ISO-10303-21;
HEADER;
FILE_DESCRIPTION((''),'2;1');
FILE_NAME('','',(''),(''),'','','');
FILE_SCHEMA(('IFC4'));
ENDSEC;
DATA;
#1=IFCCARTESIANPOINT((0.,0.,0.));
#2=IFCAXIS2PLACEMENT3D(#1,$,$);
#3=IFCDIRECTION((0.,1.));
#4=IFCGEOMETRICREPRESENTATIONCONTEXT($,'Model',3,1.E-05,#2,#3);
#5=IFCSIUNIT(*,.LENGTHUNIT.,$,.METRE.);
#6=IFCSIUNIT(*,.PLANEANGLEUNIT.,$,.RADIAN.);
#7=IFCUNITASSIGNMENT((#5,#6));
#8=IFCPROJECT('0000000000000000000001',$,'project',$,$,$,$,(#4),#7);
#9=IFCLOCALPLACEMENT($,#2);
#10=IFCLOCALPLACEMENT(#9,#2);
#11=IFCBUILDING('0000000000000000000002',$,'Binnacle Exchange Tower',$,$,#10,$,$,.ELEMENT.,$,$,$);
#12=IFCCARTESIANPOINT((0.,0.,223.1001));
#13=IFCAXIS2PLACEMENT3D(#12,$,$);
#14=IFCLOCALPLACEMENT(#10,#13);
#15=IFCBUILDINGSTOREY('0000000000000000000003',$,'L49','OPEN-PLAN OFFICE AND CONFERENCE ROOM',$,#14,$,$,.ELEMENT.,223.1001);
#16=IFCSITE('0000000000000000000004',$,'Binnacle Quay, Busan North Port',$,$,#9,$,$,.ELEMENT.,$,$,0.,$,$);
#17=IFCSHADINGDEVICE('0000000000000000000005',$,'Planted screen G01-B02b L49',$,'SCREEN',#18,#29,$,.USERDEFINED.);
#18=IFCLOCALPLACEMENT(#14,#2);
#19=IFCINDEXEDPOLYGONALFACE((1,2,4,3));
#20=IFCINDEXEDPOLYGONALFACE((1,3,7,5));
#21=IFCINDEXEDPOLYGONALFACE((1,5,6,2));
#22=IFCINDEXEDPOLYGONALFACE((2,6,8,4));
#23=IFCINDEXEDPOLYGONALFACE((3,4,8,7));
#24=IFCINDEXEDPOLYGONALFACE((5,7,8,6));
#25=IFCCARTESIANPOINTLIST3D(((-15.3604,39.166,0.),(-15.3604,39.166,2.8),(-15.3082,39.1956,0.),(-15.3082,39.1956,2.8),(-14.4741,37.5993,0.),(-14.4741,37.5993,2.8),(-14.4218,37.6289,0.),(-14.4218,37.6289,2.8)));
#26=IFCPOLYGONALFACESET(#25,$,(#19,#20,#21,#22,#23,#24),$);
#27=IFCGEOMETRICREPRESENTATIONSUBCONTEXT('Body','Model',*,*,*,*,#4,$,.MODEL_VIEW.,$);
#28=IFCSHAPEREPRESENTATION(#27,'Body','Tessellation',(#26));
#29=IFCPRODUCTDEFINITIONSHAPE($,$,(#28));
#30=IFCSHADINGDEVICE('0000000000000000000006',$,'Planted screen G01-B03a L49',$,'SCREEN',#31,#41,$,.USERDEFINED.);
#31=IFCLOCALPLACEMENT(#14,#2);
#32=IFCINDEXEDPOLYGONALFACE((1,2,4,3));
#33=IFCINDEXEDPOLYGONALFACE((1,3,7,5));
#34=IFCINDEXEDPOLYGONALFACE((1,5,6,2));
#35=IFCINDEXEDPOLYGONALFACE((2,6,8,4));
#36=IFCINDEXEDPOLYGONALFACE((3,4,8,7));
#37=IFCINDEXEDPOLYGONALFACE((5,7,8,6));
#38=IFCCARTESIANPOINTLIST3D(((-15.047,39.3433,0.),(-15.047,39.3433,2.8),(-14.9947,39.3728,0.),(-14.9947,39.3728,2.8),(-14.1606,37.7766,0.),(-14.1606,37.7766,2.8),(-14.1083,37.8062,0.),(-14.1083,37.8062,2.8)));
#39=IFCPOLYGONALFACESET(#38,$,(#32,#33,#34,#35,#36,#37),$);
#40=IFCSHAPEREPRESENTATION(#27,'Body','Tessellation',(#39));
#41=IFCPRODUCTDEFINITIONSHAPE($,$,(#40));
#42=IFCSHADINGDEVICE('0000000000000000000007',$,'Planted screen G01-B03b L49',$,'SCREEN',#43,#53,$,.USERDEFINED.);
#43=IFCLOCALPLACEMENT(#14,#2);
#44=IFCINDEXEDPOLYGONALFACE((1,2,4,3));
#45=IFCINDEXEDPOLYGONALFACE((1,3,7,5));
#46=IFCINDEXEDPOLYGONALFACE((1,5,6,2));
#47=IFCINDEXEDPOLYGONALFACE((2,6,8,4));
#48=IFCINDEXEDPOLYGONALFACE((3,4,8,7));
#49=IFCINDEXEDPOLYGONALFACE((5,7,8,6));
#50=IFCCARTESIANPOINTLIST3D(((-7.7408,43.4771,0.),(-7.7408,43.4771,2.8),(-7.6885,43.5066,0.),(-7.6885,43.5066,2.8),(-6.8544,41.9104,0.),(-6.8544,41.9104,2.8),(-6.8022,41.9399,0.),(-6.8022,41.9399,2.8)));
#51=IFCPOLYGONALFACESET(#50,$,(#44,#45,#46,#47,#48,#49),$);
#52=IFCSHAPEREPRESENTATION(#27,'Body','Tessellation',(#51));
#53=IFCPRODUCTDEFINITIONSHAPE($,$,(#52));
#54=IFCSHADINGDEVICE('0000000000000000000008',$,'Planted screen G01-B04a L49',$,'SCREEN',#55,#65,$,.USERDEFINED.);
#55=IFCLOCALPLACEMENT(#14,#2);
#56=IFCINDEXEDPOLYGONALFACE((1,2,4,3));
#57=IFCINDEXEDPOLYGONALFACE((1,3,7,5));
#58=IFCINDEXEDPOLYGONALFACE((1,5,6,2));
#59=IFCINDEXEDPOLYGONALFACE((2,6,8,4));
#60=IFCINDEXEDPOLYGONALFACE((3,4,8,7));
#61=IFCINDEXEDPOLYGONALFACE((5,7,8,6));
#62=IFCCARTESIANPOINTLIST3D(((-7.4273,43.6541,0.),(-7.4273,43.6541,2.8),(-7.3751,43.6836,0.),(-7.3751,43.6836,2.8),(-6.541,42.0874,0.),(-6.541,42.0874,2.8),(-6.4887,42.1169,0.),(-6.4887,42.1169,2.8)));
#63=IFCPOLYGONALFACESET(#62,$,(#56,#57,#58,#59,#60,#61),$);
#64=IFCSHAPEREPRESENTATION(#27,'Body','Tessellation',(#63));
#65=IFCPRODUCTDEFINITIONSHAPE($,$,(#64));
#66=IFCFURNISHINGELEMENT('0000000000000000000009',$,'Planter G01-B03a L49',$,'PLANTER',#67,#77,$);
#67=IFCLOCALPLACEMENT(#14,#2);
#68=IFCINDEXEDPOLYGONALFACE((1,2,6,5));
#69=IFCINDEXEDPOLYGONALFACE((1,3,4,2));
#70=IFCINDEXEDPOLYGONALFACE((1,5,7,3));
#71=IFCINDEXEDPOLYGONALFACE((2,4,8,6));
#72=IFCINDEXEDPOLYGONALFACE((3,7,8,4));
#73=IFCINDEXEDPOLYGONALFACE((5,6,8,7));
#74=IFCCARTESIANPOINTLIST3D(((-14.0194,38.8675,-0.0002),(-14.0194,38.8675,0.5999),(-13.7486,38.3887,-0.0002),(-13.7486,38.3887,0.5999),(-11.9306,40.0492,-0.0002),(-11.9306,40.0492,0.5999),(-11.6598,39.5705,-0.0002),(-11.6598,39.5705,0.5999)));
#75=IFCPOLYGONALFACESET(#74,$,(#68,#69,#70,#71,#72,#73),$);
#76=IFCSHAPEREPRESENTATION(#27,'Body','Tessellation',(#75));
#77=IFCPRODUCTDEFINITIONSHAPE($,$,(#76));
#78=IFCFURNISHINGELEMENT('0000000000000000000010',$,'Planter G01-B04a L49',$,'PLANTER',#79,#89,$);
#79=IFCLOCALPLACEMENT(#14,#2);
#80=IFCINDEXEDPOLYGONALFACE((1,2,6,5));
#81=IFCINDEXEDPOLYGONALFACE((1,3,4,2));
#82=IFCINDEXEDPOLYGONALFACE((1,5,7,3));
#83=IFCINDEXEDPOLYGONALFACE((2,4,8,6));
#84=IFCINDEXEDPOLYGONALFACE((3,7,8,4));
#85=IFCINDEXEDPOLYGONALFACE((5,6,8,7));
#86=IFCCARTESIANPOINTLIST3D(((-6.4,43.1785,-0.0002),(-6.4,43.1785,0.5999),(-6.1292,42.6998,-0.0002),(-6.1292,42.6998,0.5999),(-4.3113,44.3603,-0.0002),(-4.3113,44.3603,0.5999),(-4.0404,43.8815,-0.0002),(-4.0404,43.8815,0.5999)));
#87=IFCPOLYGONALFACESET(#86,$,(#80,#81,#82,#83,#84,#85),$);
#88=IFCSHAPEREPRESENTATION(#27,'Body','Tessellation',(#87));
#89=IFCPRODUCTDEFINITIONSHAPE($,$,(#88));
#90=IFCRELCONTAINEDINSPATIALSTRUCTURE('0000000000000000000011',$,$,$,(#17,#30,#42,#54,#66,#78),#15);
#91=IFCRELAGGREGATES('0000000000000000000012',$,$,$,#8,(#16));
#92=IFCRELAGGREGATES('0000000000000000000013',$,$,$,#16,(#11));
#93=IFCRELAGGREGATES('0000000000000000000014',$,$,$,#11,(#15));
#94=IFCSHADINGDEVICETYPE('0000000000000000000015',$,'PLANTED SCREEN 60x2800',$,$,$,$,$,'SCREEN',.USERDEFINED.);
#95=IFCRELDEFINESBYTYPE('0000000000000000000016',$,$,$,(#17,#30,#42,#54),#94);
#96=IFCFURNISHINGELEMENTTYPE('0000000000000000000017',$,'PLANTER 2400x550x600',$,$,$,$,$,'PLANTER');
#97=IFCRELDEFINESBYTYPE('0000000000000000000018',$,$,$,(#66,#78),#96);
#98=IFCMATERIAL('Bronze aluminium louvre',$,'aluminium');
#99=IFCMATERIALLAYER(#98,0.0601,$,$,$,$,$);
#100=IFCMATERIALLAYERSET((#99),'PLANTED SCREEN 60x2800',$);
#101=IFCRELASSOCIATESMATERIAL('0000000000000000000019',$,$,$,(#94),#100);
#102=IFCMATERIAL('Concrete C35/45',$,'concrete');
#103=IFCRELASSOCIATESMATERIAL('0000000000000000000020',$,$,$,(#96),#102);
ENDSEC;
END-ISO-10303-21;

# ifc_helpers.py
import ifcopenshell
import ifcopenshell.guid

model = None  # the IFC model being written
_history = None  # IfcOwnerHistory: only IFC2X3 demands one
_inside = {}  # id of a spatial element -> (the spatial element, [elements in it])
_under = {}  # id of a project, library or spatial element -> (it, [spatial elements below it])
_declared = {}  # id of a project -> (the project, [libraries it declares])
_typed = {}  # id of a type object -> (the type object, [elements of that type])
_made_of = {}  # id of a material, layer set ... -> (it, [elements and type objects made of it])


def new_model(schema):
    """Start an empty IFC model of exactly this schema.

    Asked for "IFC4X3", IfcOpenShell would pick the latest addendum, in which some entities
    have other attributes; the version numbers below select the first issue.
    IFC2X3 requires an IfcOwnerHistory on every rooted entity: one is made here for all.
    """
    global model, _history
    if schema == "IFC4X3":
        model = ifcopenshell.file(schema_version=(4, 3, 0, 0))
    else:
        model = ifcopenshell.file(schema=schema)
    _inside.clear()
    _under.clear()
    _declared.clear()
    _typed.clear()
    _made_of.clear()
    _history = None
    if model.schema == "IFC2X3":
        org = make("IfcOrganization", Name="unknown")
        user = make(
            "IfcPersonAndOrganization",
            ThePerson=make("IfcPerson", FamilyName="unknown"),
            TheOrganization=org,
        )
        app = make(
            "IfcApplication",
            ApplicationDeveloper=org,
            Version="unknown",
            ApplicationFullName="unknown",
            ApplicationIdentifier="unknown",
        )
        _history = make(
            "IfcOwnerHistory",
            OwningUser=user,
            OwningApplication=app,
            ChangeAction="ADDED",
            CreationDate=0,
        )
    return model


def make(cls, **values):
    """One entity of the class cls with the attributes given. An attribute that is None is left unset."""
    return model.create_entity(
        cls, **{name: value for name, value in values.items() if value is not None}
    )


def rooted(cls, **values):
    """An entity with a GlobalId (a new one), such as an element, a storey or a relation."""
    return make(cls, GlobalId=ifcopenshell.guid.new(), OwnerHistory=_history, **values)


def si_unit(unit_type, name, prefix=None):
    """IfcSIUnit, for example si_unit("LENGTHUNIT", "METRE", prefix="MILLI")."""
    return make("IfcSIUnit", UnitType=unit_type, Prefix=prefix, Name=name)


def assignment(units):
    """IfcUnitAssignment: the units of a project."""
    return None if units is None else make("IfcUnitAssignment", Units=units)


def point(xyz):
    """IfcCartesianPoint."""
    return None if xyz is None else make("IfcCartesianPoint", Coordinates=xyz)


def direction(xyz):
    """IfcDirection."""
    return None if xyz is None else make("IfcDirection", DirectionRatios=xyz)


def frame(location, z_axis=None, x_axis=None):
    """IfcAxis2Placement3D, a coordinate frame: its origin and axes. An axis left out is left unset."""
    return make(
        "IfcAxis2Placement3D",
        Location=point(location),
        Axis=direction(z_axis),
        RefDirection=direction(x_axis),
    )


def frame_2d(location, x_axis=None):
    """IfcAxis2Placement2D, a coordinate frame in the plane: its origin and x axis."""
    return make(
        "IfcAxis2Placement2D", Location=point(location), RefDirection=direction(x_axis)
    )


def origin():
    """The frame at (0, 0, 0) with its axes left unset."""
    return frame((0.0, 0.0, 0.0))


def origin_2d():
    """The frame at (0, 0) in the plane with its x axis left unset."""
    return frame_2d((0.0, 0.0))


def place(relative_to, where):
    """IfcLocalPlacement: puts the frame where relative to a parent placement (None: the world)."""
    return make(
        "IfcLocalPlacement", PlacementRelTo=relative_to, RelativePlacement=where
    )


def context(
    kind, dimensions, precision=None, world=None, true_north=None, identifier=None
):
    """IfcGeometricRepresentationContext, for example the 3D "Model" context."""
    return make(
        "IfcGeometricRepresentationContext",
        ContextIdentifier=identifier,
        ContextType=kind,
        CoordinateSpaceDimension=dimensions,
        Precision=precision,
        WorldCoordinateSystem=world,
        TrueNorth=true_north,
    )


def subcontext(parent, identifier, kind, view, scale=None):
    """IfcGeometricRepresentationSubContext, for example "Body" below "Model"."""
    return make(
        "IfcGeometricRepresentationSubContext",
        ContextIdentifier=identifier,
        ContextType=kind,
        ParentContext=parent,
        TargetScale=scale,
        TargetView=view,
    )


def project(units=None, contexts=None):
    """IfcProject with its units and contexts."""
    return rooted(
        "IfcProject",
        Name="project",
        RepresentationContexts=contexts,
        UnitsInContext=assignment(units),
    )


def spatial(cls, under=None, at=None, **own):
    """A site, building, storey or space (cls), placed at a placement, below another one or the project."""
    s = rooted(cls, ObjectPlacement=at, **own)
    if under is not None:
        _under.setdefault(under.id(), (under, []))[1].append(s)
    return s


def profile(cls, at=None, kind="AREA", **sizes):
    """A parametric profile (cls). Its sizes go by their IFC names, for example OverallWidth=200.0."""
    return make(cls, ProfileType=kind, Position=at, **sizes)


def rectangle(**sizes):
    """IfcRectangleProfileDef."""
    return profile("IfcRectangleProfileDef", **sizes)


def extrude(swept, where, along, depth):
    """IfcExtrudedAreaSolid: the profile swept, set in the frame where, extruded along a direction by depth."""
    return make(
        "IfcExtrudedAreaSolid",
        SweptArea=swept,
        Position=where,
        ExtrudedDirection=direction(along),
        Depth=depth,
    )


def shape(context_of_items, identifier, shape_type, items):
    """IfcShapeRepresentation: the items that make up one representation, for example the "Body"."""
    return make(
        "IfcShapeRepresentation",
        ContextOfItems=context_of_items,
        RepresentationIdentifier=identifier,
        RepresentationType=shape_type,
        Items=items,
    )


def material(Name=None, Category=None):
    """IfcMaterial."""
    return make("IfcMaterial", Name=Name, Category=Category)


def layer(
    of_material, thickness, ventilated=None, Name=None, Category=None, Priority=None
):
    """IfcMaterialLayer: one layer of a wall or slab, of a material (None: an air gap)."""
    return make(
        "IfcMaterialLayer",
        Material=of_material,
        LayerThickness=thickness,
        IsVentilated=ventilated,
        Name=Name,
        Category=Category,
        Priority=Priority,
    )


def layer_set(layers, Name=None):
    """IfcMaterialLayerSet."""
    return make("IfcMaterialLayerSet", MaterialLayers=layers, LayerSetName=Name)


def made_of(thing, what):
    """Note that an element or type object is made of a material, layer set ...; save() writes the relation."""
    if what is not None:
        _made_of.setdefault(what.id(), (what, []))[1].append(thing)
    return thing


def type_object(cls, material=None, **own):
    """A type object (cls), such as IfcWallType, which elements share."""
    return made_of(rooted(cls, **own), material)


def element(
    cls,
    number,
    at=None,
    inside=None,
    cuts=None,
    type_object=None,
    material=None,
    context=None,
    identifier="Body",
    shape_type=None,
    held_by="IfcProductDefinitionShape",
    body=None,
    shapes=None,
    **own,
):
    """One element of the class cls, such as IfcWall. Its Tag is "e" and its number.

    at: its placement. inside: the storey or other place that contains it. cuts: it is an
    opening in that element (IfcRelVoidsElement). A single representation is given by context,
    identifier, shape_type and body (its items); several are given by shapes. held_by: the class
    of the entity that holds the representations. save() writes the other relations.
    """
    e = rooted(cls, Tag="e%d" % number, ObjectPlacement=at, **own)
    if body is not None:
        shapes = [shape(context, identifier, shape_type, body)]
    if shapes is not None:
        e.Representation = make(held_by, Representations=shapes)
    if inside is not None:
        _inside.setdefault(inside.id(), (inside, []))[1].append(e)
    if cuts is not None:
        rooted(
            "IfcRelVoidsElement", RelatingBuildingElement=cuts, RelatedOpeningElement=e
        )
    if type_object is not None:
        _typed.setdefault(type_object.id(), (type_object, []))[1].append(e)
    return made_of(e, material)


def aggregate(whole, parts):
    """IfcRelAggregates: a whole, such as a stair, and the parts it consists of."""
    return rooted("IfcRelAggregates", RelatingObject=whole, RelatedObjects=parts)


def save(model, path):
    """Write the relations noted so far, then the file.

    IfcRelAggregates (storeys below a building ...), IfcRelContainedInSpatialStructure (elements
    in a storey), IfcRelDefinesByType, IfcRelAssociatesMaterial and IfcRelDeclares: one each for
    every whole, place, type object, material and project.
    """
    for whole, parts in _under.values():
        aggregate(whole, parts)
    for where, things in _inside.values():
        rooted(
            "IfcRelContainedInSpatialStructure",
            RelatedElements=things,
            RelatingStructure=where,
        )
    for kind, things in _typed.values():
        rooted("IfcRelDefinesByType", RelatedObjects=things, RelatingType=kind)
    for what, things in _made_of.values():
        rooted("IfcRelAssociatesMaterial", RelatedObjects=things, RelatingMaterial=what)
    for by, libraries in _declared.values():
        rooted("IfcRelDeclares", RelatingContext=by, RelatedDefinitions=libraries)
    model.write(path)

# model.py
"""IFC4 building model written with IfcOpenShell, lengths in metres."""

from ifc_helpers import new_model, si_unit, direction, frame, origin, origin_2d, place, context, subcontext, project, spatial, rectangle, extrude, material, layer, layer_set, type_object, element, save


model = new_model("IFC4")

# Units and contexts
model_context = context("Model", 3, precision=1e-05, world=origin(), true_north=direction((0.0, 1.0)))
body_context = subcontext(model_context, "Body", "Model", "MODEL_VIEW")
ifc_project = project(units=[si_unit("LENGTHUNIT", "METRE"), si_unit("PLANEANGLEUNIT", "RADIAN")], contexts=[model_context])

# Site, building, storey
site_placement = place(None, origin())
site = spatial("IfcSite", under=ifc_project, at=site_placement, Name="Binnacle Quay, Busan North Port", CompositionType="ELEMENT", RefElevation=0.0)
building_placement = place(site_placement, origin())
building = spatial("IfcBuilding", under=site, at=building_placement, Name="Binnacle Exchange Tower", CompositionType="ELEMENT")
storey_placement = place(building_placement, frame((0.0, 0.0, 223.1001)))
storey = spatial("IfcBuildingStorey", under=building, at=storey_placement, Name="L49", Description="OPEN-PLAN OFFICE AND CONFERENCE ROOM", CompositionType="ELEMENT", Elevation=223.1001)

# Shading devices
ifc_material_1 = material(Name="Bronze aluminium louvre", Category="aluminium")
ifc_layer_1 = layer(ifc_material_1, 0.0601)
ifc_layer_set_1 = layer_set([ifc_layer_1], Name="PLANTED SCREEN 60x2800")
shading_device_type = type_object("IfcShadingDeviceType", Name="PLANTED SCREEN 60x2800", ElementType="SCREEN", PredefinedType="USERDEFINED", material=ifc_layer_set_1)
for number, where, z_axis, x_axis, name in (
    (1, (-14.8911, 38.3975, 0.0), (0.0, 0.0, 1.0), (0.870356, 0.492424, 0.0), "Planted screen G01-B02b L49"),
    (2, (-14.5776, 38.5747, 0.0), (0.0, 0.0, 1.0), (0.870356, 0.492424, 0.0), "Planted screen G01-B03a L49"),
    (3, (-7.2715, 42.7085, 0.0), (0.0, 0.0, 1.0), (0.870356, 0.492424, 0.0), "Planted screen G01-B03b L49"),
    (4, (-6.958, 42.8855, 0.0), (0.0, 0.0, 1.0), (0.870356, 0.492424, 0.0), "Planted screen G01-B04a L49"),
):
    element("IfcShadingDevice", number, at=place(storey_placement, frame(where, z_axis=z_axis, x_axis=x_axis)), inside=storey, type_object=shading_device_type, Name=name, ObjectType="SCREEN", PredefinedType="USERDEFINED", context=body_context, shape_type="SweptSolid", body=[
        extrude(rectangle(XDim=0.0601, YDim=1.8, at=origin_2d()), origin(), (0.0, 0.0, 1.0), 2.8),
    ])

# Furnishing elements
ifc_material_2 = material(Name="Concrete C35/45", Category="concrete")
furnishing_element_type = type_object("IfcFurnishingElementType", Name="PLANTER 2400x550x600", ElementType="PLANTER", material=ifc_material_2)
for number, where, z_axis, x_axis, name in (
    (5, (-12.8396, 39.219, -0.0002), (0.0, 0.0, 1.0), (0.870356, 0.492424, 0.0), "Planter G01-B03a L49"),
    (6, (-5.2202, 43.53, -0.0002), (0.0, 0.0, 1.0), (0.870356, 0.492424, 0.0), "Planter G01-B04a L49"),
):
    element("IfcFurnishingElement", number, at=place(storey_placement, frame(where, z_axis=z_axis, x_axis=x_axis)), inside=storey, type_object=furnishing_element_type, Name=name, ObjectType="PLANTER", context=body_context, shape_type="SweptSolid", body=[
        extrude(rectangle(XDim=2.3999, YDim=0.55, at=origin_2d()), origin(), (0.0, 0.0, 1.0), 0.6001),
    ])

save(model, "model.ifc")
